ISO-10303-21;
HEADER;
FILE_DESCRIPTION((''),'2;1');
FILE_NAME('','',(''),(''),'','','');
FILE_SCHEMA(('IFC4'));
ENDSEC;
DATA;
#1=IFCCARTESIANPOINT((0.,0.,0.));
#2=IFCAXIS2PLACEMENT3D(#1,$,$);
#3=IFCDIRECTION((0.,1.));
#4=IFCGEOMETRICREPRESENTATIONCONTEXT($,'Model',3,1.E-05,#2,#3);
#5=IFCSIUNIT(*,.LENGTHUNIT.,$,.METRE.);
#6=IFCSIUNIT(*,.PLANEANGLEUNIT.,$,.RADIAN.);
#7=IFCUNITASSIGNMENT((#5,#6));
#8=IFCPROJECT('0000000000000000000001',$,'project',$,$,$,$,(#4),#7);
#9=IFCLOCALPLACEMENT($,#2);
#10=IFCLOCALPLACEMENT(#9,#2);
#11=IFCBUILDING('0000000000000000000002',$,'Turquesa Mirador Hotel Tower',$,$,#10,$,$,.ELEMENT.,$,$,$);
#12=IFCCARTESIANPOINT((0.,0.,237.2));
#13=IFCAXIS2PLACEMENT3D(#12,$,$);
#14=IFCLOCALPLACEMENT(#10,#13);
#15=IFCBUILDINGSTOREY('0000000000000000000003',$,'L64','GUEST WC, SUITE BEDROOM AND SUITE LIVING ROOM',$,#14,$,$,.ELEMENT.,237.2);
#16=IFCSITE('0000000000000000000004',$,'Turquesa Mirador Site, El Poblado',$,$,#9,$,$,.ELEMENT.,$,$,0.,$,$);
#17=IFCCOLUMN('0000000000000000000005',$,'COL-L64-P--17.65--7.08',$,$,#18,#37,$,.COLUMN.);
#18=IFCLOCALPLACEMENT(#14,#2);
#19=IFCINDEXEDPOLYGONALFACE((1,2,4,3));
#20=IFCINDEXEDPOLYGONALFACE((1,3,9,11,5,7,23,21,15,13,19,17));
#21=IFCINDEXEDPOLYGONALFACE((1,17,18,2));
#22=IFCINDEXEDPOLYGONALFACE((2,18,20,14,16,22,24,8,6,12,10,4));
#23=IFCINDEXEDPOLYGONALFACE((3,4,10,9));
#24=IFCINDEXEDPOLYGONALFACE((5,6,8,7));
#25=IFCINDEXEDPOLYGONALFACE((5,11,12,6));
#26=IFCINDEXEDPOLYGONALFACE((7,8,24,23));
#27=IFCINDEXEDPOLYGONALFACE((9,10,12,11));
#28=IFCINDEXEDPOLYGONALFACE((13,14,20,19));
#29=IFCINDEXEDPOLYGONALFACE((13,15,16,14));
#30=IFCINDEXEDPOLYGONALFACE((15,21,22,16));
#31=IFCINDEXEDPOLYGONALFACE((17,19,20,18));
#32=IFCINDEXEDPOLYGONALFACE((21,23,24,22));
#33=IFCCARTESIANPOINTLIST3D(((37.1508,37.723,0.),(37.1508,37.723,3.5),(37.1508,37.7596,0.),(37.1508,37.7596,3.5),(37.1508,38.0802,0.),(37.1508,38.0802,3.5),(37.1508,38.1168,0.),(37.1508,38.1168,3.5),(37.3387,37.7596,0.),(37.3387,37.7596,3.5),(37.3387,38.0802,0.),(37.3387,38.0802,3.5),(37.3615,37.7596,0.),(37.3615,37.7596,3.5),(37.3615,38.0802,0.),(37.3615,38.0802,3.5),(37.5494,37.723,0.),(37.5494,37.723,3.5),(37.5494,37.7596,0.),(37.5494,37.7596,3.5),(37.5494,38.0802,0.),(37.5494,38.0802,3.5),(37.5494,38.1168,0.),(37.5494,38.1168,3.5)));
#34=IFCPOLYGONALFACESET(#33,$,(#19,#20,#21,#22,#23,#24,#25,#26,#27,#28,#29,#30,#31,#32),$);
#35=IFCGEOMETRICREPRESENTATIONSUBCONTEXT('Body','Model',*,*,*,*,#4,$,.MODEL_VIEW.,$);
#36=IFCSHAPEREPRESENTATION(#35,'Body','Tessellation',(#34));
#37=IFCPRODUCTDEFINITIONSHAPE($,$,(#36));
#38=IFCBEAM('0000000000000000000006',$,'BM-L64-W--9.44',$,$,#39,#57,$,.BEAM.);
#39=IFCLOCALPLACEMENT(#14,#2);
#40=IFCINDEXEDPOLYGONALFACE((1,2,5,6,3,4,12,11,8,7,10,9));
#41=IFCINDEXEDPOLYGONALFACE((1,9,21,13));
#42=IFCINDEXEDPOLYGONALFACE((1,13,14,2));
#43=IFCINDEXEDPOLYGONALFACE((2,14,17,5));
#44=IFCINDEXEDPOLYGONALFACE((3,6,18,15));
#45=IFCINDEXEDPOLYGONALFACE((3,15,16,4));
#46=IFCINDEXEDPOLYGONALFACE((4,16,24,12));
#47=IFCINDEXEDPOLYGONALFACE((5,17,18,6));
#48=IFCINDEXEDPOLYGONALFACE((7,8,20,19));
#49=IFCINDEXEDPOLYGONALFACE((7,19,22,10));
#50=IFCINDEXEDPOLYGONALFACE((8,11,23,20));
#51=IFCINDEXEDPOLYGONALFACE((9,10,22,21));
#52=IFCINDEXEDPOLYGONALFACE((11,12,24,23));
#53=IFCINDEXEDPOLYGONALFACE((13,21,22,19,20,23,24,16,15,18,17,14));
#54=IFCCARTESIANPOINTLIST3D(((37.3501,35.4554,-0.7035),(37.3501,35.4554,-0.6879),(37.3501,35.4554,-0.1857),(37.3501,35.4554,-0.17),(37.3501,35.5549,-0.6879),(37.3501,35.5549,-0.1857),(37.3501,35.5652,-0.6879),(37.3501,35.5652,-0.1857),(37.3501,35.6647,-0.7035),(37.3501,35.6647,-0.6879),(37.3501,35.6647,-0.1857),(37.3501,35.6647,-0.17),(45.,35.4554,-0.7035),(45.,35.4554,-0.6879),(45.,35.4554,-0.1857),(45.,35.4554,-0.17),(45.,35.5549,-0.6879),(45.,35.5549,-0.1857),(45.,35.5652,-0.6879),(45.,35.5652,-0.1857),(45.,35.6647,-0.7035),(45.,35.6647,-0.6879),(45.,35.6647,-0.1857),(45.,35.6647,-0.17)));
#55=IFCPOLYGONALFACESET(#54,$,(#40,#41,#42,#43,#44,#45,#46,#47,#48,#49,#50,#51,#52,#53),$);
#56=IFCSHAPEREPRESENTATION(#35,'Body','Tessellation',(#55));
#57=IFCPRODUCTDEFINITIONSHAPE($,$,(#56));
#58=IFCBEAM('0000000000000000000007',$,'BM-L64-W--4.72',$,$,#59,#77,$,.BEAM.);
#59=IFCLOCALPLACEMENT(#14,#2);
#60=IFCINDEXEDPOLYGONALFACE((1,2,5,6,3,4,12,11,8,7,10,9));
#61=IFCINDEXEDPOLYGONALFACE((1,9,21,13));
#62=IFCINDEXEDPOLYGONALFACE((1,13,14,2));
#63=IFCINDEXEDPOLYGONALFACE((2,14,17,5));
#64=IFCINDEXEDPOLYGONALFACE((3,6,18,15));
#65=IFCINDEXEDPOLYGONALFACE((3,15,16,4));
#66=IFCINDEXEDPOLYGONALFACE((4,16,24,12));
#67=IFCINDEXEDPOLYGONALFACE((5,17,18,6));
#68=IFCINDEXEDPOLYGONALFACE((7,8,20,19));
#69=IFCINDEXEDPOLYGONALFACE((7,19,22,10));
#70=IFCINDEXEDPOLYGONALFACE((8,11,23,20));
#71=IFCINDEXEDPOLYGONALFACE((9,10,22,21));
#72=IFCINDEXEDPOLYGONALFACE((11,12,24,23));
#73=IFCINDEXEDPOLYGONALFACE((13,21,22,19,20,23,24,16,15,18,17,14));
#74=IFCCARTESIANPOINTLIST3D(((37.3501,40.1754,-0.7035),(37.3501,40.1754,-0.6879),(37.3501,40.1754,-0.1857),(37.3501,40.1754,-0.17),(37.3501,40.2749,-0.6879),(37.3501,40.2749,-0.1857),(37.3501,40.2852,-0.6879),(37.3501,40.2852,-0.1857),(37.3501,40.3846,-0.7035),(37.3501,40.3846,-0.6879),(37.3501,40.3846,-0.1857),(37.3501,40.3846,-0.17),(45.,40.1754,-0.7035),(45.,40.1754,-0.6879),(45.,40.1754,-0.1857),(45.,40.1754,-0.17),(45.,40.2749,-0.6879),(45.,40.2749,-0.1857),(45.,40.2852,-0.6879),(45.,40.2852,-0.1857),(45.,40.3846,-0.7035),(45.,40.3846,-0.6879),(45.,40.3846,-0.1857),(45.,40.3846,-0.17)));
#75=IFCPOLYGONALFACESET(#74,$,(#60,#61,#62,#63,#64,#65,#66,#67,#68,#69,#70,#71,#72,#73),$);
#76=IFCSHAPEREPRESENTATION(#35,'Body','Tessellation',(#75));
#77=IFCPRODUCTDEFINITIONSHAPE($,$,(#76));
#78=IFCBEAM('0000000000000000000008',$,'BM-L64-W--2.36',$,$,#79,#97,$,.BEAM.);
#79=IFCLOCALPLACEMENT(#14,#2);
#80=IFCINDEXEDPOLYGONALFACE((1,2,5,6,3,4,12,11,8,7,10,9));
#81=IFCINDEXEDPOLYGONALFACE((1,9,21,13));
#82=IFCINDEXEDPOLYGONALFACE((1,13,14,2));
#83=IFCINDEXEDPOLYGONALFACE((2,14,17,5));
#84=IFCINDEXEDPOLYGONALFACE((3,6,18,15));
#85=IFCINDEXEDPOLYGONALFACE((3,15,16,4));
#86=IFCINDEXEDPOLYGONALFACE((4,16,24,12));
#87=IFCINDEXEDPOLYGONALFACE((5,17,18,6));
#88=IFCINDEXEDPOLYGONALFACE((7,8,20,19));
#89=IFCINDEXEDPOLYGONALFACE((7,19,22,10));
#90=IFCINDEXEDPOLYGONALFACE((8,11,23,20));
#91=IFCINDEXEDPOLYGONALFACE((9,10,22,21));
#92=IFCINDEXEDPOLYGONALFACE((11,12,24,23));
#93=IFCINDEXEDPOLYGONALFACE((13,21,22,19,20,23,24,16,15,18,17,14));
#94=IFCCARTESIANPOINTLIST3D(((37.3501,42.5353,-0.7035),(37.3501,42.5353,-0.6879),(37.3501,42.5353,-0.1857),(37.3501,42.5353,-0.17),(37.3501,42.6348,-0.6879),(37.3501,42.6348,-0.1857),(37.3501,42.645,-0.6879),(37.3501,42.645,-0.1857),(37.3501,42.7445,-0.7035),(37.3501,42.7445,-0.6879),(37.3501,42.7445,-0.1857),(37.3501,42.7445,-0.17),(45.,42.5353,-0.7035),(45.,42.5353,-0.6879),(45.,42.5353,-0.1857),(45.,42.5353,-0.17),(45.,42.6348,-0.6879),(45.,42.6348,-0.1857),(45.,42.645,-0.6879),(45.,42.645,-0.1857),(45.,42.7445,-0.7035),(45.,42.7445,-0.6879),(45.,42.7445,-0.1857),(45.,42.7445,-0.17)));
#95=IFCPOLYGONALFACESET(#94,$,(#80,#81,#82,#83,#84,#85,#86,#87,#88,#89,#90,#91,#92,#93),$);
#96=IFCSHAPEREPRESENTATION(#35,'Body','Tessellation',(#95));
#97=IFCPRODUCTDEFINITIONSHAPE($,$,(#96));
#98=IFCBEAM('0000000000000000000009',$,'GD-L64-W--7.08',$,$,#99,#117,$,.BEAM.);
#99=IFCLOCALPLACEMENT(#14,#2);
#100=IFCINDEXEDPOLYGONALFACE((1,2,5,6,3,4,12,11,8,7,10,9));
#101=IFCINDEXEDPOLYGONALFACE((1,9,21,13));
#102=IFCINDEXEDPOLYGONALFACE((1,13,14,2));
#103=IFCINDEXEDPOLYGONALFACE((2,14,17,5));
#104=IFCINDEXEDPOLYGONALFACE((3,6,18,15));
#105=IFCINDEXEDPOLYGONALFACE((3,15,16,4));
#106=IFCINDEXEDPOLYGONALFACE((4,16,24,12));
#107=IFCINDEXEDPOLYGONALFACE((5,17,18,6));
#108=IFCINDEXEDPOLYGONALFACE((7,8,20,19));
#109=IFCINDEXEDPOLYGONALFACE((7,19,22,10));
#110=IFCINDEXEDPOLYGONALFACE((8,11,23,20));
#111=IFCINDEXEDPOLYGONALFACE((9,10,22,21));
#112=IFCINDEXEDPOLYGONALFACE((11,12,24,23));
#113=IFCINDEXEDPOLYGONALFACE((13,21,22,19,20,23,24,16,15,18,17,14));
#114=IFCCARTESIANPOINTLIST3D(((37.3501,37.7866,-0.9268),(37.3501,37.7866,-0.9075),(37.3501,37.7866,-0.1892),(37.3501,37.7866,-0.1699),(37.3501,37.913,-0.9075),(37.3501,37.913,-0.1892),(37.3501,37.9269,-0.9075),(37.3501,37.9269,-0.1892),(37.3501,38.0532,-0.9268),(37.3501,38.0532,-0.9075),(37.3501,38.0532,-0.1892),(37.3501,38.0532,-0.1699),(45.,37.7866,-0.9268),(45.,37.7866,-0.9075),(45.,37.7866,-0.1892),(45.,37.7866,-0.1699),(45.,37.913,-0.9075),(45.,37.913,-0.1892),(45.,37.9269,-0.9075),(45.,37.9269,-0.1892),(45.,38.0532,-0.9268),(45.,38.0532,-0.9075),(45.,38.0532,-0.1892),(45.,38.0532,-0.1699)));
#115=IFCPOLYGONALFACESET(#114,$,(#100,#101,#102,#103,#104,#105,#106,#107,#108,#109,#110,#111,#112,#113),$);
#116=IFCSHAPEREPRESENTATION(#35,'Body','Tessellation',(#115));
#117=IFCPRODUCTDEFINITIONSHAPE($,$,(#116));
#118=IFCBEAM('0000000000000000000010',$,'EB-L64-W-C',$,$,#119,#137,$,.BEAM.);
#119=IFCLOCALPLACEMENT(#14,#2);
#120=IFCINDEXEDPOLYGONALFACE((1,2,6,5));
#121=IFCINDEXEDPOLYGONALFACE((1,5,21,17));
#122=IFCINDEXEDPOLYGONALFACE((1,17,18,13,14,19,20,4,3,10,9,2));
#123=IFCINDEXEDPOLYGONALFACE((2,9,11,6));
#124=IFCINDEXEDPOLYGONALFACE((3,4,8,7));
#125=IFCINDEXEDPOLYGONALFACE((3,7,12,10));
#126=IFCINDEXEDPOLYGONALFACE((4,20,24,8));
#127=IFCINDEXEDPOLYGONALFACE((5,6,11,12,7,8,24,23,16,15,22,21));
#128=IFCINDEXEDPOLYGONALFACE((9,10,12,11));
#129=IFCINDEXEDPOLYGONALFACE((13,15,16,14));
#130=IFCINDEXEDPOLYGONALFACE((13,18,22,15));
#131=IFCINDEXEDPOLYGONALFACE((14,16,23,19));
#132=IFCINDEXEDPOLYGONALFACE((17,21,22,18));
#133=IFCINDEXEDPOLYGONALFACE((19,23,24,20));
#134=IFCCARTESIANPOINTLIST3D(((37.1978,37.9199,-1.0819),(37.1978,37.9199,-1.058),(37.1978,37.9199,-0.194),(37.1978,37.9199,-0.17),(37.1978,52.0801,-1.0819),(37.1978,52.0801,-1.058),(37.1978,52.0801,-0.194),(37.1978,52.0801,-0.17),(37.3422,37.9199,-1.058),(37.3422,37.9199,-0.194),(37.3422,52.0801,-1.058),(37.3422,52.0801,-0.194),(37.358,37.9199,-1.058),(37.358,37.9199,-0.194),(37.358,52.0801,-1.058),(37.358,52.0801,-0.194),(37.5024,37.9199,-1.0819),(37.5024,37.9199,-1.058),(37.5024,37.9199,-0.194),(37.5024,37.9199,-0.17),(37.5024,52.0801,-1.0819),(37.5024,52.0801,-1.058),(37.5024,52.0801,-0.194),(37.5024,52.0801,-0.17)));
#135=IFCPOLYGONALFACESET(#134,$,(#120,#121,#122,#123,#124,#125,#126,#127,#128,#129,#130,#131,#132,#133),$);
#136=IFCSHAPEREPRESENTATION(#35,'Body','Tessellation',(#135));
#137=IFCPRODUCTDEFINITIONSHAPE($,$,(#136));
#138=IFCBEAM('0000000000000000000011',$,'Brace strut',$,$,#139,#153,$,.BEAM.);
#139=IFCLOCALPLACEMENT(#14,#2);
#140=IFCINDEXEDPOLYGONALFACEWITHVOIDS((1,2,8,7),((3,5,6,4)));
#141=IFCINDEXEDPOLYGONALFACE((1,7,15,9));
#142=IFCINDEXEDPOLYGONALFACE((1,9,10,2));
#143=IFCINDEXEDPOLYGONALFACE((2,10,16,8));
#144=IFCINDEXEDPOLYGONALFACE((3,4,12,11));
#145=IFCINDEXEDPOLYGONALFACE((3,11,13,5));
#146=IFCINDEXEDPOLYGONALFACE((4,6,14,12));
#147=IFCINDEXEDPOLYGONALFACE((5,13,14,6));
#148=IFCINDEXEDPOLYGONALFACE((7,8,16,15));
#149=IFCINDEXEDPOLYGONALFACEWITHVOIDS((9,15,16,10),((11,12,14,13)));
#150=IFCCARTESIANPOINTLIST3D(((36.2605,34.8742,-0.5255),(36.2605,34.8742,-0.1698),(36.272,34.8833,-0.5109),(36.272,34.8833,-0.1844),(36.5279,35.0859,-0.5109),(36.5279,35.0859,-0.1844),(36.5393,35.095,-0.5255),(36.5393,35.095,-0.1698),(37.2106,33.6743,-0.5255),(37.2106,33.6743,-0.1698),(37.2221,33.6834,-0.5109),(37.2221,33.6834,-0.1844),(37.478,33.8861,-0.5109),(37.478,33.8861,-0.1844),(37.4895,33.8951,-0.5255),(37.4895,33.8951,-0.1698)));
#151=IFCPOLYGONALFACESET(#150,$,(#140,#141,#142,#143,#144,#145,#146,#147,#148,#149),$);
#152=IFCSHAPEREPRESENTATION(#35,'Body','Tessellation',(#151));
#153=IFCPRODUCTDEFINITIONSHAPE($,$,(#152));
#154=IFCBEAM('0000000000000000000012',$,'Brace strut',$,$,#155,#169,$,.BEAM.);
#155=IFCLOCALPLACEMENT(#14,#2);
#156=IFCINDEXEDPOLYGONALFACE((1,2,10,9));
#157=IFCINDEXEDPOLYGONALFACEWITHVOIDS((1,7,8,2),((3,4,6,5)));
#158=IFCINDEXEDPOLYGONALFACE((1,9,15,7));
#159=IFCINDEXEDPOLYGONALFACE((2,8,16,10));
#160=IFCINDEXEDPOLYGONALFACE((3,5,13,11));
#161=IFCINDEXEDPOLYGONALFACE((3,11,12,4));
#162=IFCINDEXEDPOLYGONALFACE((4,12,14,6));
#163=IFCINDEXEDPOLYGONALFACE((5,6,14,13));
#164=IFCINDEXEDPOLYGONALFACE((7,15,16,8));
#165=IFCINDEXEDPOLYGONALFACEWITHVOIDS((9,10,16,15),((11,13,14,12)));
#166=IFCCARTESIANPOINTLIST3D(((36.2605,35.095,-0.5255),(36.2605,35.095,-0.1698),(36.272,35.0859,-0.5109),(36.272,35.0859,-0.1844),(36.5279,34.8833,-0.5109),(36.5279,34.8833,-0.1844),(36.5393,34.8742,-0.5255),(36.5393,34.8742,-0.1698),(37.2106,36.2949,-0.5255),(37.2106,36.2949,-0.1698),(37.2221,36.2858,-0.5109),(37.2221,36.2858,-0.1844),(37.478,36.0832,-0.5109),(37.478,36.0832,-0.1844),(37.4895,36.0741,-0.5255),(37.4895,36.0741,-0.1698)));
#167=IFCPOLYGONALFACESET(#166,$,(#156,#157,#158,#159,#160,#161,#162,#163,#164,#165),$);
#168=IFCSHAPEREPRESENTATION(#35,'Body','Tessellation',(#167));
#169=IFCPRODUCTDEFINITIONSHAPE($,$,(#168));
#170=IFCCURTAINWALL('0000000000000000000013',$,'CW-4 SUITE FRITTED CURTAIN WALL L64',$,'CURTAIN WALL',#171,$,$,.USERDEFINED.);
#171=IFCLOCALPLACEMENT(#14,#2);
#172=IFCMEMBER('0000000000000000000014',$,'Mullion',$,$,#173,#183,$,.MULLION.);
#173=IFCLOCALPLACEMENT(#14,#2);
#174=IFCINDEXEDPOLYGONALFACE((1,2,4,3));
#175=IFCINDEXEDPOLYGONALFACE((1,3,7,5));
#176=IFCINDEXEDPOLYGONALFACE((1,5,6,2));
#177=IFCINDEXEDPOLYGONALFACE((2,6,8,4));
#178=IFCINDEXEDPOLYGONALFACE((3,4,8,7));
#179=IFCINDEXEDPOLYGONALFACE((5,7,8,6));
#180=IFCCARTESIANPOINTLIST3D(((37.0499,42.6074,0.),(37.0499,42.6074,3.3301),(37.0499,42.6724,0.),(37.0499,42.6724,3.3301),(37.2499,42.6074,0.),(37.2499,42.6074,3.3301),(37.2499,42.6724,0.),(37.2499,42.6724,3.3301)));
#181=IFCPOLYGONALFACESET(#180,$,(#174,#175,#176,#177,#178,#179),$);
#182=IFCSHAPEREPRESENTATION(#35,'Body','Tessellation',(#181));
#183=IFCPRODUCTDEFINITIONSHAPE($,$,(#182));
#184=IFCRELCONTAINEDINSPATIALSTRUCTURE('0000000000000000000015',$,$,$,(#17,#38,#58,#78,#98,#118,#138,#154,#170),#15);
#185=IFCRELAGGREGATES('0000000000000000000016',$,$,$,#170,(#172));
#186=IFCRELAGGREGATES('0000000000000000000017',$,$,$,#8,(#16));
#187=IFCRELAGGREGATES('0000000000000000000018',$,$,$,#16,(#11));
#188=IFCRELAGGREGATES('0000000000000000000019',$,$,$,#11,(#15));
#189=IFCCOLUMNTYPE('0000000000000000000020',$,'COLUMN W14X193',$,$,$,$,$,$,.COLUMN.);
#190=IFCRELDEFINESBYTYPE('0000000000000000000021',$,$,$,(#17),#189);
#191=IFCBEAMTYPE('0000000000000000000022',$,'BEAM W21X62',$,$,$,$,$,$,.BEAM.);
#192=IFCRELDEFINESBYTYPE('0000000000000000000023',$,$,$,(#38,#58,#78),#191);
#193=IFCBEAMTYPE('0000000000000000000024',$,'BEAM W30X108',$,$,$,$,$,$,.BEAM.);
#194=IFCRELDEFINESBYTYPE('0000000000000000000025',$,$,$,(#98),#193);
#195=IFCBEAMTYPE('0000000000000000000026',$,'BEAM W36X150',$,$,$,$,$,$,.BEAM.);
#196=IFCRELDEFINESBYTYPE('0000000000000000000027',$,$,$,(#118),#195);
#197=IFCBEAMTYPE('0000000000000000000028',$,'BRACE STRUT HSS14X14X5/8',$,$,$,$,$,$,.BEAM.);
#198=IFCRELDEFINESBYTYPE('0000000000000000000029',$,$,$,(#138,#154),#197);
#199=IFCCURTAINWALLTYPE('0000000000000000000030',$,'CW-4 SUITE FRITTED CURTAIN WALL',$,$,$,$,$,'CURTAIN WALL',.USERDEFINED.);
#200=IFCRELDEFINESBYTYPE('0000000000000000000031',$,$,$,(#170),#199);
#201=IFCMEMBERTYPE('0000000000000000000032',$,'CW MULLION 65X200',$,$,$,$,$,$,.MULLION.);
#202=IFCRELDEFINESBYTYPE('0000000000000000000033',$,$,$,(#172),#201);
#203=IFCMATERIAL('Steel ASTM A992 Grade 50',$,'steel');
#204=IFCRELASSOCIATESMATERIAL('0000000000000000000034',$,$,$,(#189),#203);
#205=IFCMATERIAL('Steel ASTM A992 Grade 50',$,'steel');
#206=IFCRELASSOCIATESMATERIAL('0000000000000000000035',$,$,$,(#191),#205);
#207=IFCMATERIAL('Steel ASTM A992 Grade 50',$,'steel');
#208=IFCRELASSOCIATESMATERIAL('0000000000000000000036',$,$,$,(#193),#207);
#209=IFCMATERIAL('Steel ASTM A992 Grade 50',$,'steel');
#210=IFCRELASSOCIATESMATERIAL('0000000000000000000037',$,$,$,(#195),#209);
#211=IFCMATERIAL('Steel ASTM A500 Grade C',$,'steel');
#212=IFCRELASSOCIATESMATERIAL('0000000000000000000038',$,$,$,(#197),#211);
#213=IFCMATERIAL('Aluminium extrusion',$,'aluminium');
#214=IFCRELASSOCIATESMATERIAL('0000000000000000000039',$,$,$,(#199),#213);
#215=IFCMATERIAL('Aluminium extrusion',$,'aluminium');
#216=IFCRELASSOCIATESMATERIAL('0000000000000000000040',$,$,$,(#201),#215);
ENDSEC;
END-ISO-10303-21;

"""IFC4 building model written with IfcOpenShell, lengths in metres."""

from ifc_helpers import new_model, si_unit, direction, frame, origin, origin_2d, place, context, subcontext, project, spatial, rectangle, hollow_rectangle, i_section, extrude, material, material_profile, profile_set, type_object, element, aggregate, save


model = new_model("IFC4")

# Units and contexts
model_context = context("Model", 3, precision=1e-05, world=origin(), true_north=direction((0.0, 1.0)))
body_context = subcontext(model_context, "Body", "Model", "MODEL_VIEW")
ifc_project = project(units=[si_unit("LENGTHUNIT", "METRE"), si_unit("PLANEANGLEUNIT", "RADIAN")], contexts=[model_context])

# Site, building, storey
site_placement = place(None, origin())
site = spatial("IfcSite", under=ifc_project, at=site_placement, Name="Turquesa Mirador Site, El Poblado", CompositionType="ELEMENT", RefElevation=0.0)
building_placement = place(site_placement, origin())
building = spatial("IfcBuilding", under=site, at=building_placement, Name="Turquesa Mirador Hotel Tower", CompositionType="ELEMENT")
storey_placement = place(building_placement, frame((0.0, 0.0, 237.2)))
storey = spatial("IfcBuildingStorey", under=building, at=storey_placement, Name="L64", Description="GUEST WC, SUITE BEDROOM AND SUITE LIVING ROOM", CompositionType="ELEMENT", Elevation=237.2)

# Column
ifc_material_1 = material(Name="Steel ASTM A992 Grade 50", Category="steel")
ifc_material_profile_1 = material_profile(ifc_material_1, i_section(OverallWidth=0.3987, OverallDepth=0.3938, WebThickness=0.0227, FlangeThickness=0.0366, at=origin_2d()), Name="W14X193")
ifc_profile_set_1 = profile_set([ifc_material_profile_1], Name="Steel ASTM A992 Grade 50")
column_type = type_object("IfcColumnType", Name="COLUMN W14X193", PredefinedType="COLUMN", material=ifc_profile_set_1)
column_placement = place(storey_placement, frame((37.3501, 37.9199, 0.0), z_axis=(0.0, 0.0, 1.0), x_axis=(1.0, 0.0, 0.0)))
element("IfcColumn", 1, at=column_placement, inside=storey, type_object=column_type, Name="COL-L64-P--17.65--7.08", PredefinedType="COLUMN", context=body_context, shape_type="SweptSolid", body=[
    extrude(i_section(OverallWidth=0.3987, OverallDepth=0.3938, WebThickness=0.0227, FlangeThickness=0.0366, at=origin_2d()), origin(), (0.0, 0.0, 1.0), 3.5),
])

# Beams
ifc_material_2 = material(Name="Steel ASTM A992 Grade 50", Category="steel")
ifc_material_profile_2 = material_profile(ifc_material_2, i_section(OverallWidth=0.2092, OverallDepth=0.5334, WebThickness=0.0103, FlangeThickness=0.0156, at=origin_2d()), Name="W21X62")
ifc_profile_set_2 = profile_set([ifc_material_profile_2], Name="Steel ASTM A992 Grade 50")
beam_type_1 = type_object("IfcBeamType", Name="BEAM W21X62", PredefinedType="BEAM", material=ifc_profile_set_2)
for number, where, z_axis, x_axis, name in (
    (2, (37.3501, 35.5601, -0.4368), (1.0, 0.0, 0.0), (0.0, 1.0, 0.0), "BM-L64-W--9.44"),
    (3, (37.3501, 40.28, -0.4368), (1.0, 0.0, 0.0), (0.0, 1.0, 0.0), "BM-L64-W--4.72"),
    (4, (37.3501, 42.6399, -0.4368), (1.0, 0.0, 0.0), (0.0, 1.0, 0.0), "BM-L64-W--2.36"),
):
    element("IfcBeam", number, at=place(storey_placement, frame(where, z_axis=z_axis, x_axis=x_axis)), inside=storey, type_object=beam_type_1, Name=name, PredefinedType="BEAM", context=body_context, shape_type="SweptSolid", body=[
        extrude(i_section(OverallWidth=0.2092, OverallDepth=0.5334, WebThickness=0.0103, FlangeThickness=0.0156, at=origin_2d()), origin(), (0.0, 0.0, 1.0), 7.6499),
    ])
ifc_material_3 = material(Name="Steel ASTM A992 Grade 50", Category="steel")
ifc_material_profile_3 = material_profile(ifc_material_3, i_section(OverallWidth=0.2666, OverallDepth=0.7568, WebThickness=0.0139, FlangeThickness=0.0193, at=origin_2d()), Name="W30X108")
ifc_profile_set_3 = profile_set([ifc_material_profile_3], Name="Steel ASTM A992 Grade 50")
beam_type_2 = type_object("IfcBeamType", Name="BEAM W30X108", PredefinedType="BEAM", material=ifc_profile_set_3)
beam_1_placement = place(storey_placement, frame((37.3501, 37.9199, -0.5483), z_axis=(1.0, 0.0, 0.0), x_axis=(0.0, 1.0, 0.0)))
element("IfcBeam", 5, at=beam_1_placement, inside=storey, type_object=beam_type_2, Name="GD-L64-W--7.08", PredefinedType="BEAM", context=body_context, shape_type="SweptSolid", body=[
    extrude(i_section(OverallWidth=0.2666, OverallDepth=0.7568, WebThickness=0.0139, FlangeThickness=0.0193, at=origin_2d()), origin(), (0.0, 0.0, 1.0), 7.6499),
])
ifc_material_4 = material(Name="Steel ASTM A992 Grade 50", Category="steel")
ifc_material_profile_4 = material_profile(ifc_material_4, i_section(OverallWidth=0.3047, OverallDepth=0.9119, WebThickness=0.0159, FlangeThickness=0.0239, at=origin_2d()), Name="W36X150")
ifc_profile_set_4 = profile_set([ifc_material_profile_4], Name="Steel ASTM A992 Grade 50")
beam_type_3 = type_object("IfcBeamType", Name="BEAM W36X150", PredefinedType="BEAM", material=ifc_profile_set_4)
beam_2_placement = place(storey_placement, frame((37.3501, 37.9199, -0.626), z_axis=(0.0, 1.0, 0.0), x_axis=(-1.0, 0.0, 0.0)))
element("IfcBeam", 6, at=beam_2_placement, inside=storey, type_object=beam_type_3, Name="EB-L64-W-C", PredefinedType="BEAM", context=body_context, shape_type="SweptSolid", body=[
    extrude(i_section(OverallWidth=0.3047, OverallDepth=0.9119, WebThickness=0.0159, FlangeThickness=0.0239, at=origin_2d()), origin(), (0.0, 0.0, 1.0), 14.1602),
])
ifc_material_5 = material(Name="Steel ASTM A500 Grade C", Category="steel")
ifc_material_profile_5 = material_profile(ifc_material_5, hollow_rectangle(XDim=0.3557, YDim=0.3557, WallThickness=0.0146, at=origin_2d()), Name="HSS14X14X5/8")
ifc_profile_set_5 = profile_set([ifc_material_profile_5], Name="Steel ASTM A500 Grade C")
beam_type_4 = type_object("IfcBeamType", Name="BRACE STRUT HSS14X14X5/8", PredefinedType="BEAM", material=ifc_profile_set_5)
for number, where, z_axis, x_axis, name in (
    (7, (36.3999, 34.9846, -0.3477), (0.620797, -0.783971, 0.0), (0.783971, 0.620797, 0.0), "Brace strut"),
    (8, (36.3999, 34.9846, -0.3477), (0.620797, 0.783971, 0.0), (-0.783971, 0.620797, 0.0), "Brace strut"),
):
    element("IfcBeam", number, at=place(storey_placement, frame(where, z_axis=z_axis, x_axis=x_axis)), inside=storey, type_object=beam_type_4, Name=name, PredefinedType="BEAM", context=body_context, shape_type="SweptSolid", body=[
        extrude(hollow_rectangle(XDim=0.3557, YDim=0.3557, WallThickness=0.0146, at=origin_2d()), origin(), (0.0, 0.0, 1.0), 1.5305),
    ])

# Curtain wall, member
ifc_material_6 = material(Name="Aluminium extrusion", Category="aluminium")
curtain_wall_type = type_object("IfcCurtainWallType", Name="CW-4 SUITE FRITTED CURTAIN WALL", ElementType="CURTAIN WALL", PredefinedType="USERDEFINED", material=ifc_material_6)
curtain_wall_1_placement = place(storey_placement, origin())
curtain_wall_1 = element("IfcCurtainWall", 9, at=curtain_wall_1_placement, inside=storey, type_object=curtain_wall_type, Name="CW-4 SUITE FRITTED CURTAIN WALL L64", ObjectType="CURTAIN WALL", PredefinedType="USERDEFINED")
ifc_material_7 = material(Name="Aluminium extrusion", Category="aluminium")
ifc_material_profile_6 = material_profile(ifc_material_7, rectangle(XDim=0.0649, YDim=0.2, at=origin_2d()), Name="MULLION 65X200")
ifc_profile_set_6 = profile_set([ifc_material_profile_6], Name="Aluminium extrusion")
member_type_1 = type_object("IfcMemberType", Name="CW MULLION 65X200", PredefinedType="MULLION", material=ifc_profile_set_6)
member_1_placement = place(storey_placement, frame((37.1499, 42.6399, 0.0), z_axis=(0.0, 0.0, 1.0), x_axis=(0.0, -1.0, 0.0)))
member_1 = element("IfcMember", 10, at=member_1_placement, type_object=member_type_1, Name="Mullion", PredefinedType="MULLION", context=body_context, shape_type="SweptSolid", body=[
    extrude(rectangle(XDim=0.0649, YDim=0.2, at=origin_2d()), origin(), (0.0, 0.0, 1.0), 3.3301),
])

aggregate(curtain_wall_1, [member_1])

save(model, "model.ifc")
